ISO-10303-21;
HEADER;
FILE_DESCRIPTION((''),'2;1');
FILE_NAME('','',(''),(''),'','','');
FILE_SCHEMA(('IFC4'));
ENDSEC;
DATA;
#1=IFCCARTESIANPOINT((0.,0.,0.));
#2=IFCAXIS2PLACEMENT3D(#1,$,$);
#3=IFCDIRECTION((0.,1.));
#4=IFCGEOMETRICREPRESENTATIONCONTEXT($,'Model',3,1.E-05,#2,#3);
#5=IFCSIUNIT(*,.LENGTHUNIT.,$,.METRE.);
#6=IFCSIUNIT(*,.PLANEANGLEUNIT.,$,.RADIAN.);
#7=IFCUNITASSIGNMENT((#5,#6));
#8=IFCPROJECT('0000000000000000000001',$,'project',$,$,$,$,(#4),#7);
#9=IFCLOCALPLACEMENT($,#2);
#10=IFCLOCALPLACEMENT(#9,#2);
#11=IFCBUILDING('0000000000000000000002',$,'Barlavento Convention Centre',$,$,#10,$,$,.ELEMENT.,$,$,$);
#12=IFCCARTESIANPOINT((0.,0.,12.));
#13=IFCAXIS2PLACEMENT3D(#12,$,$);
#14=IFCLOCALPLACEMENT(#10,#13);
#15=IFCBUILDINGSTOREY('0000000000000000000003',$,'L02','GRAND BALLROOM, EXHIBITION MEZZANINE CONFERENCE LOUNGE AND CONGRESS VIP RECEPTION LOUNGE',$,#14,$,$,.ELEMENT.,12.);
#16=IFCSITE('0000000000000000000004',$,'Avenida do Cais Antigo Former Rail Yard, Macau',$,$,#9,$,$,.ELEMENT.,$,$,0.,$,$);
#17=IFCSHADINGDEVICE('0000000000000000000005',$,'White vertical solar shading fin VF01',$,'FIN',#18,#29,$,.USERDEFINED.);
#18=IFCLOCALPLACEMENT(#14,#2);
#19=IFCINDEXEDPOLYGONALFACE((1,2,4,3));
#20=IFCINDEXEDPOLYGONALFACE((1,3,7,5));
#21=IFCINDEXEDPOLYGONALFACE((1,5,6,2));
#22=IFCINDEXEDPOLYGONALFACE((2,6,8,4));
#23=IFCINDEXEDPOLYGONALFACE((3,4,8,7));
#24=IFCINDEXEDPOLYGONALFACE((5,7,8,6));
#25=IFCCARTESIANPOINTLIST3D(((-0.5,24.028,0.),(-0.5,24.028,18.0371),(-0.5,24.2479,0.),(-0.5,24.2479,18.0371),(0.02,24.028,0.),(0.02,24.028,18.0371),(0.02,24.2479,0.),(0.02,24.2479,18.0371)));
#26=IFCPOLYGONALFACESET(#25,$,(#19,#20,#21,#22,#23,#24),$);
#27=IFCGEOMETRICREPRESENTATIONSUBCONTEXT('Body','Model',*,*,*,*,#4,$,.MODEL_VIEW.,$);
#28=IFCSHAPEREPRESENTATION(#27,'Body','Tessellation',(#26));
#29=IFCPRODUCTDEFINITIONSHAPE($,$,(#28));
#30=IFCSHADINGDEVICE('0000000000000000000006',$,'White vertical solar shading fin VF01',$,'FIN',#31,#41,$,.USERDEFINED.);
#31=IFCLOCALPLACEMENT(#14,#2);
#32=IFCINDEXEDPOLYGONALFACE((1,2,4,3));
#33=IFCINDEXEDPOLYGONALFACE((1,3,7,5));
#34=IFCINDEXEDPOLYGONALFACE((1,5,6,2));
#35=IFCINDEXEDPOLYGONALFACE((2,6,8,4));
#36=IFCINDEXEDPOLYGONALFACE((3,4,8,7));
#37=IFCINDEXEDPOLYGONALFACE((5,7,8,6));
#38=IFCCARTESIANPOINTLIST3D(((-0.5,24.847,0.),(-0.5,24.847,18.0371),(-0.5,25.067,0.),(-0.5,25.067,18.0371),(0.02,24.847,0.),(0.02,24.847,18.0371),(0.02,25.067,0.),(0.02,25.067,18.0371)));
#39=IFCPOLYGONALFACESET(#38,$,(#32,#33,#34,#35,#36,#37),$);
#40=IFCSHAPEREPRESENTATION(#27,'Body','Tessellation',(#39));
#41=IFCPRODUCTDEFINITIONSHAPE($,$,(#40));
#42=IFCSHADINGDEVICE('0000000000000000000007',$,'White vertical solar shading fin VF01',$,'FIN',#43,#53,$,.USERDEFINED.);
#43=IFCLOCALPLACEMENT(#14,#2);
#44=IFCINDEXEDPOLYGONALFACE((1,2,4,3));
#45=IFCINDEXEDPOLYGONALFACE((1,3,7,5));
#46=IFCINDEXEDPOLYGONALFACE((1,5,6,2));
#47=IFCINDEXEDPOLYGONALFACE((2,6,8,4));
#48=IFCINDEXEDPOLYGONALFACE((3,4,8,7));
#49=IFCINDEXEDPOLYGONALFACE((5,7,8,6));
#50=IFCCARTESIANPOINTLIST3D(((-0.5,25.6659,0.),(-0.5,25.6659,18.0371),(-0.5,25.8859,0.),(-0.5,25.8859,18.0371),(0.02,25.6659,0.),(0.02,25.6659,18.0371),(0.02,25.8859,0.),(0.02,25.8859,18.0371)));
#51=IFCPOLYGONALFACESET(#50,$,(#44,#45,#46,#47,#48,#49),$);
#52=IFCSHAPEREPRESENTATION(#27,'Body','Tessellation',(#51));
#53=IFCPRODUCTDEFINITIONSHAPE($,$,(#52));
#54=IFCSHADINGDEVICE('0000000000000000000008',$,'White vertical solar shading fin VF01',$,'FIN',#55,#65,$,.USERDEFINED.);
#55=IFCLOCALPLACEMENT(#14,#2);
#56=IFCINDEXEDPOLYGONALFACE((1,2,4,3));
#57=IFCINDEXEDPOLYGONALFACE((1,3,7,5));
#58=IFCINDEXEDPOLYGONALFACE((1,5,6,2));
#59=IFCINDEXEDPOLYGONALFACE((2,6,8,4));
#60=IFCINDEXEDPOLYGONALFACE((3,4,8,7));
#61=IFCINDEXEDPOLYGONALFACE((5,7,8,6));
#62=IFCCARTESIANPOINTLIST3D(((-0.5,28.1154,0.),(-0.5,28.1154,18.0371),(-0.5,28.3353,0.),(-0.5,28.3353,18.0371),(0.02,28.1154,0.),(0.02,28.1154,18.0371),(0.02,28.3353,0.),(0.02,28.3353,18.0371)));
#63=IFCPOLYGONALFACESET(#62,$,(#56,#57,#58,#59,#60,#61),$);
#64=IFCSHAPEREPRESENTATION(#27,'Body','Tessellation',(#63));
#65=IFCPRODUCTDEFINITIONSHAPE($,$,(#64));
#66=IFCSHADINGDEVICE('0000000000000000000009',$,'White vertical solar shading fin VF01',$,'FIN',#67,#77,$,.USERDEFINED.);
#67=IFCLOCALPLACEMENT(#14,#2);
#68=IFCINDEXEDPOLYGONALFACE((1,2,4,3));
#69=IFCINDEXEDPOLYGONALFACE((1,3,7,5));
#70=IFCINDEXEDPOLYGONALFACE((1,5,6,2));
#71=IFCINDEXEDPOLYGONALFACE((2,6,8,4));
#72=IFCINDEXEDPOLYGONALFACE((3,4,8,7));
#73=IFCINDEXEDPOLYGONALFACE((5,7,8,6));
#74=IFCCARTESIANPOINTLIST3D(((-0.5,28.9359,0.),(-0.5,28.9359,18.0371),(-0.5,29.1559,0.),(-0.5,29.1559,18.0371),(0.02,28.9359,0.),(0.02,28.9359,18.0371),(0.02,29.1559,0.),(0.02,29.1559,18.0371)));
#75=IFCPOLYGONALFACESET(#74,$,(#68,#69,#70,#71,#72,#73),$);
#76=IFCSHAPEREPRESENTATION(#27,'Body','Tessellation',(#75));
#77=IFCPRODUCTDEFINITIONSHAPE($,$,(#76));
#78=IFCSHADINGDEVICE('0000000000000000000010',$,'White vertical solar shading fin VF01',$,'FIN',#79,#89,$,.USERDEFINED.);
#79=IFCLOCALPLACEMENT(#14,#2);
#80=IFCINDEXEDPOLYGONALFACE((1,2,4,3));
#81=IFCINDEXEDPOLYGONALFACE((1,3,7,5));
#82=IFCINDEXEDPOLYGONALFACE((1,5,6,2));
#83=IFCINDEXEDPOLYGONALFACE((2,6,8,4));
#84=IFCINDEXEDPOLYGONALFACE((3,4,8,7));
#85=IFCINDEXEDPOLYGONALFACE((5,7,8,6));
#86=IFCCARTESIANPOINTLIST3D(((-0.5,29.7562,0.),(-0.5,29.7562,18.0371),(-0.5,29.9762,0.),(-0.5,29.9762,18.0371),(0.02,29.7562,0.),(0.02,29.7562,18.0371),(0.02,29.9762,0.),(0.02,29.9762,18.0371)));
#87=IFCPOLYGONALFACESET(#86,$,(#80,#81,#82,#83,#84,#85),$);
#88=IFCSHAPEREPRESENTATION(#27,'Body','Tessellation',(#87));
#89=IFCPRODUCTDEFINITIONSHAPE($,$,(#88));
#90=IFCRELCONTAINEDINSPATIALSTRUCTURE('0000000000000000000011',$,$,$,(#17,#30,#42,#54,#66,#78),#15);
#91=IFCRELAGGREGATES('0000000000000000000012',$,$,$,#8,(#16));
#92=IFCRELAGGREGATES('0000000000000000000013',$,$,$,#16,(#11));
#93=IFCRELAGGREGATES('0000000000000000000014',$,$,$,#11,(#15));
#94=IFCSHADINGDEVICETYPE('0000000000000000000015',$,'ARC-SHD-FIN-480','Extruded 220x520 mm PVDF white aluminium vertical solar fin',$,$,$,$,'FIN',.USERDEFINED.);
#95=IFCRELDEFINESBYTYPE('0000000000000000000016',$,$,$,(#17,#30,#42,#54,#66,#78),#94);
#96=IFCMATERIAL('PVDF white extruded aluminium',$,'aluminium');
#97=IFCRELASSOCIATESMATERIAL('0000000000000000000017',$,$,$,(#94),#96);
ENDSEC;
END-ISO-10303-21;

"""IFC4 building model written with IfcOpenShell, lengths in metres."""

from ifc_helpers import new_model, si_unit, direction, frame, origin, origin_2d, place, context, subcontext, project, spatial, rectangle, extrude, material, type_object, element, save


model = new_model("IFC4")

# Units and contexts
model_context = context("Model", 3, precision=1e-05, world=origin(), true_north=direction((0.0, 1.0)))
body_context = subcontext(model_context, "Body", "Model", "MODEL_VIEW")
ifc_project = project(units=[si_unit("LENGTHUNIT", "METRE"), si_unit("PLANEANGLEUNIT", "RADIAN")], contexts=[model_context])

# Site, building, storey
site_placement = place(None, origin())
site = spatial("IfcSite", under=ifc_project, at=site_placement, Name="Avenida do Cais Antigo Former Rail Yard, Macau", CompositionType="ELEMENT", RefElevation=0.0)
building_placement = place(site_placement, origin())
building = spatial("IfcBuilding", under=site, at=building_placement, Name="Barlavento Convention Centre", CompositionType="ELEMENT")
storey_placement = place(building_placement, frame((0.0, 0.0, 12.0)))
storey = spatial("IfcBuildingStorey", under=building, at=storey_placement, Name="L02", Description="GRAND BALLROOM, EXHIBITION MEZZANINE CONFERENCE LOUNGE AND CONGRESS VIP RECEPTION LOUNGE", CompositionType="ELEMENT", Elevation=12.0)

# Shading devices
ifc_material_1 = material(Name="PVDF white extruded aluminium", Category="aluminium")
shading_device_type = type_object("IfcShadingDeviceType", Name="ARC-SHD-FIN-480", Description="Extruded 220x520 mm PVDF white aluminium vertical solar fin", ElementType="FIN", PredefinedType="USERDEFINED", material=ifc_material_1)
for number, where, z_axis, x_axis, name in (
    (1, (-0.24, 24.1379, 0.0), (0.0, 0.0, 1.0), (0.0, 1.0, 0.0), "White vertical solar shading fin VF01"),
    (2, (-0.24, 24.957, 0.0), (0.0, 0.0, 1.0), (0.0, 1.0, 0.0), "White vertical solar shading fin VF01"),
    (3, (-0.24, 25.7759, 0.0), (0.0, 0.0, 1.0), (0.0, 1.0, 0.0), "White vertical solar shading fin VF01"),
    (4, (-0.24, 28.2253, 0.0), (0.0, 0.0, 1.0), (0.0, 1.0, 0.0), "White vertical solar shading fin VF01"),
    (5, (-0.24, 29.0459, 0.0), (0.0, 0.0, 1.0), (0.0, 1.0, 0.0), "White vertical solar shading fin VF01"),
    (6, (-0.24, 29.8662, 0.0), (0.0, 0.0, 1.0), (0.0, 1.0, 0.0), "White vertical solar shading fin VF01"),
):
    element("IfcShadingDevice", number, at=place(storey_placement, frame(where, z_axis=z_axis, x_axis=x_axis)), inside=storey, type_object=shading_device_type, Name=name, ObjectType="FIN", PredefinedType="USERDEFINED", context=body_context, shape_type="SweptSolid", body=[
        extrude(rectangle(XDim=0.22, YDim=0.52, at=origin_2d()), origin(), (0.0, 0.0, 1.0), 18.0371),
    ])

save(model, "model.ifc")
